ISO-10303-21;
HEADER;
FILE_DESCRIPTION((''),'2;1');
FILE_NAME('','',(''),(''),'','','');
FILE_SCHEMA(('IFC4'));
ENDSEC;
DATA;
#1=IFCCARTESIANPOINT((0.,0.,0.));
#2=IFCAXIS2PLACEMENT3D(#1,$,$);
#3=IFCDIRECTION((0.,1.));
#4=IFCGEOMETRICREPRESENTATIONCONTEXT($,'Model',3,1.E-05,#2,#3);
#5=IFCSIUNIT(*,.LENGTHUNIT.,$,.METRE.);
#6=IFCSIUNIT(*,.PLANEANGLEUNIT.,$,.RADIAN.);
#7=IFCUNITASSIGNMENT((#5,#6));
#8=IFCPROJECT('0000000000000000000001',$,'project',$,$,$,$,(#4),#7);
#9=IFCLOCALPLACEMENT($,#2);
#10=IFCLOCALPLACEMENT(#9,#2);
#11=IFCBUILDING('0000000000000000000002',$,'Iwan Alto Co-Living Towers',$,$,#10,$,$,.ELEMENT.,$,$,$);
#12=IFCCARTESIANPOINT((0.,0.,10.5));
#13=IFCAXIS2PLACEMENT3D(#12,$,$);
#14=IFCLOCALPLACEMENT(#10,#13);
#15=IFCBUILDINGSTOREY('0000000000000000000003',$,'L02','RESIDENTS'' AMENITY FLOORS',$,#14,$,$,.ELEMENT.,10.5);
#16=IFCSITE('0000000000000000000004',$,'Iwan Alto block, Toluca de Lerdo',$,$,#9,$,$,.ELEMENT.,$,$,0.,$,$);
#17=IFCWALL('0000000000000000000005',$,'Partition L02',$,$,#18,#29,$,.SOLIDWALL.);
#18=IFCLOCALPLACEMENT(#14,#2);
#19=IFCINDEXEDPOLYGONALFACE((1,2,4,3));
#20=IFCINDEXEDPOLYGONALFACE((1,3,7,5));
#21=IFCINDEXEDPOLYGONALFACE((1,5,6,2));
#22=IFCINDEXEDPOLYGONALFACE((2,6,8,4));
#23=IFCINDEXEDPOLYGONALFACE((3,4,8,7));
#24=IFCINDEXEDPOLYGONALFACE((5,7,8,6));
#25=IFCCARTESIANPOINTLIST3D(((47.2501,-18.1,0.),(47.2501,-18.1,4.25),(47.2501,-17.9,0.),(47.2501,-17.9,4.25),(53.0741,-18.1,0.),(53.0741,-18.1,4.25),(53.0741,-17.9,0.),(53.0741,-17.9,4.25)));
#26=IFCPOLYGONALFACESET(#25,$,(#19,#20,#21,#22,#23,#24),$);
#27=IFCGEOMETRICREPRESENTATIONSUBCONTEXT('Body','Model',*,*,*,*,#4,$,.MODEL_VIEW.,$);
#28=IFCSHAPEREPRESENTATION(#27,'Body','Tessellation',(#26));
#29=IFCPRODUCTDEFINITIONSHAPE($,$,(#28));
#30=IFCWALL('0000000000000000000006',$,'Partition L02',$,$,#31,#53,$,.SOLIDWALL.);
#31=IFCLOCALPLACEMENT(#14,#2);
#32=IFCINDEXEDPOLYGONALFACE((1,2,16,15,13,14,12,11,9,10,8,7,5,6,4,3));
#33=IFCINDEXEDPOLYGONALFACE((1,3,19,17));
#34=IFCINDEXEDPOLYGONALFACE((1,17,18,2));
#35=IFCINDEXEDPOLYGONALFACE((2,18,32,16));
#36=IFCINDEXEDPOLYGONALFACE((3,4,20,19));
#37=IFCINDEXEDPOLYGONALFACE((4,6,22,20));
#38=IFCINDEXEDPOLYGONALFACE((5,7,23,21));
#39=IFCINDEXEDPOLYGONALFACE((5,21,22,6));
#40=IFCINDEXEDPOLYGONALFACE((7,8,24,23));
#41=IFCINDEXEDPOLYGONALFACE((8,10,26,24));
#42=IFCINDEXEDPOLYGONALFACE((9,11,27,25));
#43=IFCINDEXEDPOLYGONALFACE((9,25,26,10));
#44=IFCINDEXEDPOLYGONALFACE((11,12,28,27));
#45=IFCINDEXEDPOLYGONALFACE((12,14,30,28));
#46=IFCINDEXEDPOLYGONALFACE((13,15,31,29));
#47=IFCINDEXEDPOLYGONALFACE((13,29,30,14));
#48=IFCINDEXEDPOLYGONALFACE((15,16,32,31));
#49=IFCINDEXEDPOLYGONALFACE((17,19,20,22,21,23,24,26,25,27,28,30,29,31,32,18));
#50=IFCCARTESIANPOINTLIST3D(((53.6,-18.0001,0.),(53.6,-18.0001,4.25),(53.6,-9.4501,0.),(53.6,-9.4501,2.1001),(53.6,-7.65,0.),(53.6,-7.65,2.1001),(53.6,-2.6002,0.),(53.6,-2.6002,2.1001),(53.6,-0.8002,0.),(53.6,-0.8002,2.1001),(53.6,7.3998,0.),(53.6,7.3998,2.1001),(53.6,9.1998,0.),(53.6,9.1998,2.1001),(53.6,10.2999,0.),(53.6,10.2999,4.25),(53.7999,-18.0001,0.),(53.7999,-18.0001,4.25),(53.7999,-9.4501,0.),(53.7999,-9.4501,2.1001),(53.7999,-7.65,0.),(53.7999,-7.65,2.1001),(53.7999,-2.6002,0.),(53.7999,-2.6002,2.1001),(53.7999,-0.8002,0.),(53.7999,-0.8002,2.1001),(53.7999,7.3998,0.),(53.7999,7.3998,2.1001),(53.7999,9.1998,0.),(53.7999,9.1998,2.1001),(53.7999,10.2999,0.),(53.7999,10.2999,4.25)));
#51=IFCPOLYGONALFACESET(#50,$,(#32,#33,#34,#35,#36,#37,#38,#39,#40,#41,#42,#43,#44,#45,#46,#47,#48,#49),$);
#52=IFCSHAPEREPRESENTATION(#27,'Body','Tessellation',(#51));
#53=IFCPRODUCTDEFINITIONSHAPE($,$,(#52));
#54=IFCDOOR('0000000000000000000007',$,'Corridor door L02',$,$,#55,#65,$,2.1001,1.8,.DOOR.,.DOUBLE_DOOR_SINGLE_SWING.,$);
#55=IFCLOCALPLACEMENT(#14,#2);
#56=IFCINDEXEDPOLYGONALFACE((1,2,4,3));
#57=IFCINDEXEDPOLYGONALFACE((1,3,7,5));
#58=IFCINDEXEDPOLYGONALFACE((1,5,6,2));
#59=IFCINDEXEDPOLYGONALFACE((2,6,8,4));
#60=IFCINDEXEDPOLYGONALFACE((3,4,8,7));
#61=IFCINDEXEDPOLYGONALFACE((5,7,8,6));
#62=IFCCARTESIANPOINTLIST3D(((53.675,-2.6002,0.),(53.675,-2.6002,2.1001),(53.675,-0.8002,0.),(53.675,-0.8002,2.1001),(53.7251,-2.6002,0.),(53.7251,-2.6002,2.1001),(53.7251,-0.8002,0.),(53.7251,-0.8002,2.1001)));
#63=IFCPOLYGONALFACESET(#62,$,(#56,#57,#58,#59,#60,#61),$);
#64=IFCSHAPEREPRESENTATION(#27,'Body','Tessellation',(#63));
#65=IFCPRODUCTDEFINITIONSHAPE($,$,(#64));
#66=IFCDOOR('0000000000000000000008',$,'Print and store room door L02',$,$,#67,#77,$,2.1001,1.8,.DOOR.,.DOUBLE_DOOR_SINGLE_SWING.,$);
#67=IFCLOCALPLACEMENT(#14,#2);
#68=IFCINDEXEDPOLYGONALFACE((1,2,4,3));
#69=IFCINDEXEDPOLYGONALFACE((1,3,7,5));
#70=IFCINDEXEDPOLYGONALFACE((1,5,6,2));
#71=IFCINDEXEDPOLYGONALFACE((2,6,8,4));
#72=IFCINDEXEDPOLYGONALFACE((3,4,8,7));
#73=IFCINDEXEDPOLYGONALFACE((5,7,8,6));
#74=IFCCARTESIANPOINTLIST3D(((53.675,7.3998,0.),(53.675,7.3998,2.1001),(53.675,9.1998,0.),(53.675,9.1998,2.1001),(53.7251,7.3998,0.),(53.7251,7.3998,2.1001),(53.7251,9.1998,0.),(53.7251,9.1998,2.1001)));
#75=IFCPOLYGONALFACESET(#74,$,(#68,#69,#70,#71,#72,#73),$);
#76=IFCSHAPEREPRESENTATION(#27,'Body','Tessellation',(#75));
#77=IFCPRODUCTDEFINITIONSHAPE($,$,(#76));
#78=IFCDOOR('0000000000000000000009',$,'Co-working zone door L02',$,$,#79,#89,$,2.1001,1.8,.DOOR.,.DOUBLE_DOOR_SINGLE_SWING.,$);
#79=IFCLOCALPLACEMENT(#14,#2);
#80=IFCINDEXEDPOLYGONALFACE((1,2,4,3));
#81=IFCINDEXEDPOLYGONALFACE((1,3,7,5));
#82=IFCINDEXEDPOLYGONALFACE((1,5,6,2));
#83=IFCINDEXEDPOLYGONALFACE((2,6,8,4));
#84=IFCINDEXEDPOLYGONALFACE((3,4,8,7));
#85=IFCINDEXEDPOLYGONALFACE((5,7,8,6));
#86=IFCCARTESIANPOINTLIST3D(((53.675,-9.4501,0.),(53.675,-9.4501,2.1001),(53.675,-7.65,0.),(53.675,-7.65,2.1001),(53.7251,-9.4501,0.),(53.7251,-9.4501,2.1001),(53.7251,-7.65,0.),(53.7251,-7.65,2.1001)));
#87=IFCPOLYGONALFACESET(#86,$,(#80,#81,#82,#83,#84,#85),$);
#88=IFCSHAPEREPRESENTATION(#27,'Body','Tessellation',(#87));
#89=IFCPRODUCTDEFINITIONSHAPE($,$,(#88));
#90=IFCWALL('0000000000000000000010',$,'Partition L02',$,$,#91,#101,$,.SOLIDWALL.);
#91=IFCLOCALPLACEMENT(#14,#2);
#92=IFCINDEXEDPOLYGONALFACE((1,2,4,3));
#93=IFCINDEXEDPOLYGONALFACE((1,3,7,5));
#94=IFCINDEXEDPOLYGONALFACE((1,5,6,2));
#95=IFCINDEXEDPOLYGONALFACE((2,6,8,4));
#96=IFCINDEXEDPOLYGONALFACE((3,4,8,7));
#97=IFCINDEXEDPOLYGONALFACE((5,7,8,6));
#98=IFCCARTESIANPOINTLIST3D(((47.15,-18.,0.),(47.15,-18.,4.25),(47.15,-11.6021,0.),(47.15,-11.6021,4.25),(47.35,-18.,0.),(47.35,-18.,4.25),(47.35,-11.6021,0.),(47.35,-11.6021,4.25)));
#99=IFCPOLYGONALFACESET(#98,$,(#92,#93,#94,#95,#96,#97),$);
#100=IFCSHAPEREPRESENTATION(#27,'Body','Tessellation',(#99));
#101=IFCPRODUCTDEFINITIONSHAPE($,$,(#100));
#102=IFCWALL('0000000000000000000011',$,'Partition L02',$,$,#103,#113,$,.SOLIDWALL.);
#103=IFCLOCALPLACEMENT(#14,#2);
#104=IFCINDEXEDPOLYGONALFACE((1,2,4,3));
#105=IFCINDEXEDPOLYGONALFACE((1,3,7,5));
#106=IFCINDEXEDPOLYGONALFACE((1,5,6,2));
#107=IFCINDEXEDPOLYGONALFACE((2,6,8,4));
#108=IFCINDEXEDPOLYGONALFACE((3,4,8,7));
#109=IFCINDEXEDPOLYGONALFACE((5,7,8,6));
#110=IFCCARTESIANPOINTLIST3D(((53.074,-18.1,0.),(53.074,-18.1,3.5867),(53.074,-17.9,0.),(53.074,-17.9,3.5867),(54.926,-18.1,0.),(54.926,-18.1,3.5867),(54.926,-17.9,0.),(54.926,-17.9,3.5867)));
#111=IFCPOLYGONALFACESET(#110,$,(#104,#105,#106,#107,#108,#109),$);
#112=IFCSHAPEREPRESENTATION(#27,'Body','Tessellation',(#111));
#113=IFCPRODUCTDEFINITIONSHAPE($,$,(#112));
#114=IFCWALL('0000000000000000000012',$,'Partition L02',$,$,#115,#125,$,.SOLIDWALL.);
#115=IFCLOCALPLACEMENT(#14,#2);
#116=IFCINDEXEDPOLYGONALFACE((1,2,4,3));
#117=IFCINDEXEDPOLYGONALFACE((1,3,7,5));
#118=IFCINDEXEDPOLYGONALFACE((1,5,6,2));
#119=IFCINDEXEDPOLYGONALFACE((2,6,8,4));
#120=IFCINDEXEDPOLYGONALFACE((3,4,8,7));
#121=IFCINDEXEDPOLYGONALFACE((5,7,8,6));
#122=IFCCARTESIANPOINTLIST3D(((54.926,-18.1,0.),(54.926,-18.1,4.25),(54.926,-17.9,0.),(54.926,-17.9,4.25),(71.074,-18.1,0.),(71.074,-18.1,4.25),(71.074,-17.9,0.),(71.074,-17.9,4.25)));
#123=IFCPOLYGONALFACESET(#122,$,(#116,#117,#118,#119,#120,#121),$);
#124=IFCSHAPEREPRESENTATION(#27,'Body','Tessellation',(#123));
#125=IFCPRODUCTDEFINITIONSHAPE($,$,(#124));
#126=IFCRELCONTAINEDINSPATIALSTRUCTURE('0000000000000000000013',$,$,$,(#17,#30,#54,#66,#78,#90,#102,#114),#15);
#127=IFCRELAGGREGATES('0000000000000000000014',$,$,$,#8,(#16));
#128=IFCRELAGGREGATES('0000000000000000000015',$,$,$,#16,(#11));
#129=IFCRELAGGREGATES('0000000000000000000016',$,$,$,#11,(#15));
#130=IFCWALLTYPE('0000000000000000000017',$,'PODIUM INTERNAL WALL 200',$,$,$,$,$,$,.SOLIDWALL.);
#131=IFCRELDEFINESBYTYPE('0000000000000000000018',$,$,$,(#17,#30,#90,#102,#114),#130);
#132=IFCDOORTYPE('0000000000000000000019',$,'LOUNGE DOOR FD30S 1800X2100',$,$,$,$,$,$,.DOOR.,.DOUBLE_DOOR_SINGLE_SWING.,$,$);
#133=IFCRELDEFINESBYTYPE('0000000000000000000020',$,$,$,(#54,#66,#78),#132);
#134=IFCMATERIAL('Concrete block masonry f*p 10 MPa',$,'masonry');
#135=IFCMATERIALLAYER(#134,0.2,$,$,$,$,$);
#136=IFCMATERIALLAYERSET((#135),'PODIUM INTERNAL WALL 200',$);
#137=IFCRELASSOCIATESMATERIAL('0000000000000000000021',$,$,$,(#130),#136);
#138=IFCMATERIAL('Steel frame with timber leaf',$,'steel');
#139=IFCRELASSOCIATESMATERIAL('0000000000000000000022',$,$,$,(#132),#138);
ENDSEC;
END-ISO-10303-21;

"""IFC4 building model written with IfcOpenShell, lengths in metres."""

from ifc_helpers import new_model, si_unit, direction, frame, frame_2d, origin, place, context, subcontext, project, spatial, rectangle, extrude, material, layer, layer_set, type_object, element, fill, save


model = new_model("IFC4")

# Units and contexts
model_context = context("Model", 3, precision=1e-05, world=origin(), true_north=direction((0.0, 1.0)))
body_context = subcontext(model_context, "Body", "Model", "MODEL_VIEW")
ifc_project = project(units=[si_unit("LENGTHUNIT", "METRE"), si_unit("PLANEANGLEUNIT", "RADIAN")], contexts=[model_context])

# Site, building, storey
site_placement = place(None, origin())
site = spatial("IfcSite", under=ifc_project, at=site_placement, Name="Iwan Alto block, Toluca de Lerdo", CompositionType="ELEMENT", RefElevation=0.0)
building_placement = place(site_placement, origin())
building = spatial("IfcBuilding", under=site, at=building_placement, Name="Iwan Alto Co-Living Towers", CompositionType="ELEMENT")
storey_placement = place(building_placement, frame((0.0, 0.0, 10.5)))
storey = spatial("IfcBuildingStorey", under=building, at=storey_placement, Name="L02", Description="RESIDENTS' AMENITY FLOORS", CompositionType="ELEMENT", Elevation=10.5)

# Wall
ifc_material_1 = material(Name="Concrete block masonry f*p 10 MPa", Category="masonry")
ifc_layer = layer(ifc_material_1, 0.2)
ifc_layer_set = layer_set([ifc_layer], Name="PODIUM INTERNAL WALL 200")
wall_type = type_object("IfcWallType", Name="PODIUM INTERNAL WALL 200", PredefinedType="SOLIDWALL", material=ifc_layer_set)
wall_1_placement = place(storey_placement, frame((47.25, -18.0, 0.0), z_axis=(0.0, 0.0, 1.0), x_axis=(1.0, 0.0, 0.0)))
element("IfcWall", 1, at=wall_1_placement, inside=storey, type_object=wall_type, Name="Partition L02", PredefinedType="SOLIDWALL", context=body_context, shape_type="SweptSolid", body=[
    extrude(rectangle(XDim=5.824, YDim=0.2, at=frame_2d((2.9121, 0.0))), origin(), (0.0, 0.0, 1.0), 4.25),
])

# Wall, openings, doors
wall_2_placement = place(storey_placement, frame((53.7, -18.0, 0.0), z_axis=(0.0, 0.0, 1.0), x_axis=(0.0, 1.0, 0.0)))
wall_2 = element("IfcWall", 2, at=wall_2_placement, inside=storey, type_object=wall_type, Name="Partition L02", PredefinedType="SOLIDWALL", context=body_context, shape_type="SweptSolid", body=[
    extrude(rectangle(XDim=28.3, YDim=0.2, at=frame_2d((14.1499, 0.0))), origin(), (0.0, 0.0, 1.0), 4.25),
])
opening_1_placement = place(wall_2_placement, frame((15.3999, 0.0, 0.0)))
opening_1 = element("IfcOpeningElement", 3, at=opening_1_placement, cuts=wall_2, PredefinedType="OPENING", context=body_context, shape_type="SweptSolid", body=[
    extrude(rectangle(XDim=1.8, YDim=2.1001, at=frame_2d((0.8999, 1.05))), frame((0.0, 0.1099, 0.0), z_axis=(0.0, -1.0, 0.0), x_axis=(1.0, 0.0, 0.0)), (0.0, 0.0, 1.0), 0.22),
])
opening_2_placement = place(wall_2_placement, frame((25.3999, 0.0, 0.0)))
opening_2 = element("IfcOpeningElement", 4, at=opening_2_placement, cuts=wall_2, PredefinedType="OPENING", context=body_context, shape_type="SweptSolid", body=[
    extrude(rectangle(XDim=1.8, YDim=2.1001, at=frame_2d((0.8999, 1.05))), frame((0.0, 0.1099, 0.0), z_axis=(0.0, -1.0, 0.0), x_axis=(1.0, 0.0, 0.0)), (0.0, 0.0, 1.0), 0.22),
])
opening_3_placement = place(wall_2_placement, frame((8.55, 0.0, 0.0)))
opening_3 = element("IfcOpeningElement", 5, at=opening_3_placement, cuts=wall_2, PredefinedType="OPENING", context=body_context, shape_type="SweptSolid", body=[
    extrude(rectangle(XDim=1.8, YDim=2.1001, at=frame_2d((0.8999, 1.05))), frame((0.0, 0.1099, 0.0), z_axis=(0.0, -1.0, 0.0), x_axis=(1.0, 0.0, 0.0)), (0.0, 0.0, 1.0), 0.22),
])
ifc_material_2 = material(Name="Steel frame with timber leaf", Category="steel")
door_type = type_object("IfcDoorType", Name="LOUNGE DOOR FD30S 1800X2100", OperationType="DOUBLE_DOOR_SINGLE_SWING", PredefinedType="DOOR", material=ifc_material_2)
door_1_placement = place(opening_1_placement, origin())
door_1 = element("IfcDoor", 6, at=door_1_placement, inside=storey, type_object=door_type, Name="Corridor door L02", OperationType="DOUBLE_DOOR_SINGLE_SWING", OverallHeight=2.1001, OverallWidth=1.8, PredefinedType="DOOR", context=body_context, shape_type="SweptSolid", body=[
    extrude(rectangle(XDim=1.8, YDim=2.1001, at=frame_2d((0.8999, 1.05))), frame((0.0, 0.0249, 0.0), z_axis=(0.0, -1.0, 0.0), x_axis=(1.0, 0.0, 0.0)), (0.0, 0.0, 1.0), 0.05),
])
fill(opening_1, door_1)
door_2_placement = place(opening_2_placement, origin())
door_2 = element("IfcDoor", 7, at=door_2_placement, inside=storey, type_object=door_type, Name="Print and store room door L02", OperationType="DOUBLE_DOOR_SINGLE_SWING", OverallHeight=2.1001, OverallWidth=1.8, PredefinedType="DOOR", context=body_context, shape_type="SweptSolid", body=[
    extrude(rectangle(XDim=1.8, YDim=2.1001, at=frame_2d((0.8999, 1.05))), frame((0.0, 0.0249, 0.0), z_axis=(0.0, -1.0, 0.0), x_axis=(1.0, 0.0, 0.0)), (0.0, 0.0, 1.0), 0.05),
])
fill(opening_2, door_2)
door_3_placement = place(opening_3_placement, origin())
door_3 = element("IfcDoor", 8, at=door_3_placement, inside=storey, type_object=door_type, Name="Co-working zone door L02", OperationType="DOUBLE_DOOR_SINGLE_SWING", OverallHeight=2.1001, OverallWidth=1.8, PredefinedType="DOOR", context=body_context, shape_type="SweptSolid", body=[
    extrude(rectangle(XDim=1.8, YDim=2.1001, at=frame_2d((0.8999, 1.05))), frame((0.0, 0.0249, 0.0), z_axis=(0.0, -1.0, 0.0), x_axis=(1.0, 0.0, 0.0)), (0.0, 0.0, 1.0), 0.05),
])
fill(opening_3, door_3)

# Walls
wall_3_placement = place(storey_placement, frame((47.25, -18.0, 0.0), z_axis=(0.0, 0.0, 1.0), x_axis=(0.0, 1.0, 0.0)))
element("IfcWall", 9, at=wall_3_placement, inside=storey, type_object=wall_type, Name="Partition L02", PredefinedType="SOLIDWALL", context=body_context, shape_type="SweptSolid", body=[
    extrude(rectangle(XDim=6.3979, YDim=0.2, at=frame_2d((3.199, 0.0))), origin(), (0.0, 0.0, 1.0), 4.25),
])
wall_4_placement = place(storey_placement, frame((53.074, -18.0, 0.0), z_axis=(0.0, 0.0, 1.0), x_axis=(1.0, 0.0, 0.0)))
element("IfcWall", 10, at=wall_4_placement, inside=storey, type_object=wall_type, Name="Partition L02", PredefinedType="SOLIDWALL", context=body_context, shape_type="SweptSolid", body=[
    extrude(rectangle(XDim=1.8521, YDim=0.2, at=frame_2d((0.926, 0.0))), origin(), (0.0, 0.0, 1.0), 3.5867),
])
wall_5_placement = place(storey_placement, frame((54.926, -18.0, 0.0), z_axis=(0.0, 0.0, 1.0), x_axis=(1.0, 0.0, 0.0)))
element("IfcWall", 11, at=wall_5_placement, inside=storey, type_object=wall_type, Name="Partition L02", PredefinedType="SOLIDWALL", context=body_context, shape_type="SweptSolid", body=[
    extrude(rectangle(XDim=16.1479, YDim=0.2, at=frame_2d((8.074, 0.0))), origin(), (0.0, 0.0, 1.0), 4.25),
])

save(model, "model.ifc")
